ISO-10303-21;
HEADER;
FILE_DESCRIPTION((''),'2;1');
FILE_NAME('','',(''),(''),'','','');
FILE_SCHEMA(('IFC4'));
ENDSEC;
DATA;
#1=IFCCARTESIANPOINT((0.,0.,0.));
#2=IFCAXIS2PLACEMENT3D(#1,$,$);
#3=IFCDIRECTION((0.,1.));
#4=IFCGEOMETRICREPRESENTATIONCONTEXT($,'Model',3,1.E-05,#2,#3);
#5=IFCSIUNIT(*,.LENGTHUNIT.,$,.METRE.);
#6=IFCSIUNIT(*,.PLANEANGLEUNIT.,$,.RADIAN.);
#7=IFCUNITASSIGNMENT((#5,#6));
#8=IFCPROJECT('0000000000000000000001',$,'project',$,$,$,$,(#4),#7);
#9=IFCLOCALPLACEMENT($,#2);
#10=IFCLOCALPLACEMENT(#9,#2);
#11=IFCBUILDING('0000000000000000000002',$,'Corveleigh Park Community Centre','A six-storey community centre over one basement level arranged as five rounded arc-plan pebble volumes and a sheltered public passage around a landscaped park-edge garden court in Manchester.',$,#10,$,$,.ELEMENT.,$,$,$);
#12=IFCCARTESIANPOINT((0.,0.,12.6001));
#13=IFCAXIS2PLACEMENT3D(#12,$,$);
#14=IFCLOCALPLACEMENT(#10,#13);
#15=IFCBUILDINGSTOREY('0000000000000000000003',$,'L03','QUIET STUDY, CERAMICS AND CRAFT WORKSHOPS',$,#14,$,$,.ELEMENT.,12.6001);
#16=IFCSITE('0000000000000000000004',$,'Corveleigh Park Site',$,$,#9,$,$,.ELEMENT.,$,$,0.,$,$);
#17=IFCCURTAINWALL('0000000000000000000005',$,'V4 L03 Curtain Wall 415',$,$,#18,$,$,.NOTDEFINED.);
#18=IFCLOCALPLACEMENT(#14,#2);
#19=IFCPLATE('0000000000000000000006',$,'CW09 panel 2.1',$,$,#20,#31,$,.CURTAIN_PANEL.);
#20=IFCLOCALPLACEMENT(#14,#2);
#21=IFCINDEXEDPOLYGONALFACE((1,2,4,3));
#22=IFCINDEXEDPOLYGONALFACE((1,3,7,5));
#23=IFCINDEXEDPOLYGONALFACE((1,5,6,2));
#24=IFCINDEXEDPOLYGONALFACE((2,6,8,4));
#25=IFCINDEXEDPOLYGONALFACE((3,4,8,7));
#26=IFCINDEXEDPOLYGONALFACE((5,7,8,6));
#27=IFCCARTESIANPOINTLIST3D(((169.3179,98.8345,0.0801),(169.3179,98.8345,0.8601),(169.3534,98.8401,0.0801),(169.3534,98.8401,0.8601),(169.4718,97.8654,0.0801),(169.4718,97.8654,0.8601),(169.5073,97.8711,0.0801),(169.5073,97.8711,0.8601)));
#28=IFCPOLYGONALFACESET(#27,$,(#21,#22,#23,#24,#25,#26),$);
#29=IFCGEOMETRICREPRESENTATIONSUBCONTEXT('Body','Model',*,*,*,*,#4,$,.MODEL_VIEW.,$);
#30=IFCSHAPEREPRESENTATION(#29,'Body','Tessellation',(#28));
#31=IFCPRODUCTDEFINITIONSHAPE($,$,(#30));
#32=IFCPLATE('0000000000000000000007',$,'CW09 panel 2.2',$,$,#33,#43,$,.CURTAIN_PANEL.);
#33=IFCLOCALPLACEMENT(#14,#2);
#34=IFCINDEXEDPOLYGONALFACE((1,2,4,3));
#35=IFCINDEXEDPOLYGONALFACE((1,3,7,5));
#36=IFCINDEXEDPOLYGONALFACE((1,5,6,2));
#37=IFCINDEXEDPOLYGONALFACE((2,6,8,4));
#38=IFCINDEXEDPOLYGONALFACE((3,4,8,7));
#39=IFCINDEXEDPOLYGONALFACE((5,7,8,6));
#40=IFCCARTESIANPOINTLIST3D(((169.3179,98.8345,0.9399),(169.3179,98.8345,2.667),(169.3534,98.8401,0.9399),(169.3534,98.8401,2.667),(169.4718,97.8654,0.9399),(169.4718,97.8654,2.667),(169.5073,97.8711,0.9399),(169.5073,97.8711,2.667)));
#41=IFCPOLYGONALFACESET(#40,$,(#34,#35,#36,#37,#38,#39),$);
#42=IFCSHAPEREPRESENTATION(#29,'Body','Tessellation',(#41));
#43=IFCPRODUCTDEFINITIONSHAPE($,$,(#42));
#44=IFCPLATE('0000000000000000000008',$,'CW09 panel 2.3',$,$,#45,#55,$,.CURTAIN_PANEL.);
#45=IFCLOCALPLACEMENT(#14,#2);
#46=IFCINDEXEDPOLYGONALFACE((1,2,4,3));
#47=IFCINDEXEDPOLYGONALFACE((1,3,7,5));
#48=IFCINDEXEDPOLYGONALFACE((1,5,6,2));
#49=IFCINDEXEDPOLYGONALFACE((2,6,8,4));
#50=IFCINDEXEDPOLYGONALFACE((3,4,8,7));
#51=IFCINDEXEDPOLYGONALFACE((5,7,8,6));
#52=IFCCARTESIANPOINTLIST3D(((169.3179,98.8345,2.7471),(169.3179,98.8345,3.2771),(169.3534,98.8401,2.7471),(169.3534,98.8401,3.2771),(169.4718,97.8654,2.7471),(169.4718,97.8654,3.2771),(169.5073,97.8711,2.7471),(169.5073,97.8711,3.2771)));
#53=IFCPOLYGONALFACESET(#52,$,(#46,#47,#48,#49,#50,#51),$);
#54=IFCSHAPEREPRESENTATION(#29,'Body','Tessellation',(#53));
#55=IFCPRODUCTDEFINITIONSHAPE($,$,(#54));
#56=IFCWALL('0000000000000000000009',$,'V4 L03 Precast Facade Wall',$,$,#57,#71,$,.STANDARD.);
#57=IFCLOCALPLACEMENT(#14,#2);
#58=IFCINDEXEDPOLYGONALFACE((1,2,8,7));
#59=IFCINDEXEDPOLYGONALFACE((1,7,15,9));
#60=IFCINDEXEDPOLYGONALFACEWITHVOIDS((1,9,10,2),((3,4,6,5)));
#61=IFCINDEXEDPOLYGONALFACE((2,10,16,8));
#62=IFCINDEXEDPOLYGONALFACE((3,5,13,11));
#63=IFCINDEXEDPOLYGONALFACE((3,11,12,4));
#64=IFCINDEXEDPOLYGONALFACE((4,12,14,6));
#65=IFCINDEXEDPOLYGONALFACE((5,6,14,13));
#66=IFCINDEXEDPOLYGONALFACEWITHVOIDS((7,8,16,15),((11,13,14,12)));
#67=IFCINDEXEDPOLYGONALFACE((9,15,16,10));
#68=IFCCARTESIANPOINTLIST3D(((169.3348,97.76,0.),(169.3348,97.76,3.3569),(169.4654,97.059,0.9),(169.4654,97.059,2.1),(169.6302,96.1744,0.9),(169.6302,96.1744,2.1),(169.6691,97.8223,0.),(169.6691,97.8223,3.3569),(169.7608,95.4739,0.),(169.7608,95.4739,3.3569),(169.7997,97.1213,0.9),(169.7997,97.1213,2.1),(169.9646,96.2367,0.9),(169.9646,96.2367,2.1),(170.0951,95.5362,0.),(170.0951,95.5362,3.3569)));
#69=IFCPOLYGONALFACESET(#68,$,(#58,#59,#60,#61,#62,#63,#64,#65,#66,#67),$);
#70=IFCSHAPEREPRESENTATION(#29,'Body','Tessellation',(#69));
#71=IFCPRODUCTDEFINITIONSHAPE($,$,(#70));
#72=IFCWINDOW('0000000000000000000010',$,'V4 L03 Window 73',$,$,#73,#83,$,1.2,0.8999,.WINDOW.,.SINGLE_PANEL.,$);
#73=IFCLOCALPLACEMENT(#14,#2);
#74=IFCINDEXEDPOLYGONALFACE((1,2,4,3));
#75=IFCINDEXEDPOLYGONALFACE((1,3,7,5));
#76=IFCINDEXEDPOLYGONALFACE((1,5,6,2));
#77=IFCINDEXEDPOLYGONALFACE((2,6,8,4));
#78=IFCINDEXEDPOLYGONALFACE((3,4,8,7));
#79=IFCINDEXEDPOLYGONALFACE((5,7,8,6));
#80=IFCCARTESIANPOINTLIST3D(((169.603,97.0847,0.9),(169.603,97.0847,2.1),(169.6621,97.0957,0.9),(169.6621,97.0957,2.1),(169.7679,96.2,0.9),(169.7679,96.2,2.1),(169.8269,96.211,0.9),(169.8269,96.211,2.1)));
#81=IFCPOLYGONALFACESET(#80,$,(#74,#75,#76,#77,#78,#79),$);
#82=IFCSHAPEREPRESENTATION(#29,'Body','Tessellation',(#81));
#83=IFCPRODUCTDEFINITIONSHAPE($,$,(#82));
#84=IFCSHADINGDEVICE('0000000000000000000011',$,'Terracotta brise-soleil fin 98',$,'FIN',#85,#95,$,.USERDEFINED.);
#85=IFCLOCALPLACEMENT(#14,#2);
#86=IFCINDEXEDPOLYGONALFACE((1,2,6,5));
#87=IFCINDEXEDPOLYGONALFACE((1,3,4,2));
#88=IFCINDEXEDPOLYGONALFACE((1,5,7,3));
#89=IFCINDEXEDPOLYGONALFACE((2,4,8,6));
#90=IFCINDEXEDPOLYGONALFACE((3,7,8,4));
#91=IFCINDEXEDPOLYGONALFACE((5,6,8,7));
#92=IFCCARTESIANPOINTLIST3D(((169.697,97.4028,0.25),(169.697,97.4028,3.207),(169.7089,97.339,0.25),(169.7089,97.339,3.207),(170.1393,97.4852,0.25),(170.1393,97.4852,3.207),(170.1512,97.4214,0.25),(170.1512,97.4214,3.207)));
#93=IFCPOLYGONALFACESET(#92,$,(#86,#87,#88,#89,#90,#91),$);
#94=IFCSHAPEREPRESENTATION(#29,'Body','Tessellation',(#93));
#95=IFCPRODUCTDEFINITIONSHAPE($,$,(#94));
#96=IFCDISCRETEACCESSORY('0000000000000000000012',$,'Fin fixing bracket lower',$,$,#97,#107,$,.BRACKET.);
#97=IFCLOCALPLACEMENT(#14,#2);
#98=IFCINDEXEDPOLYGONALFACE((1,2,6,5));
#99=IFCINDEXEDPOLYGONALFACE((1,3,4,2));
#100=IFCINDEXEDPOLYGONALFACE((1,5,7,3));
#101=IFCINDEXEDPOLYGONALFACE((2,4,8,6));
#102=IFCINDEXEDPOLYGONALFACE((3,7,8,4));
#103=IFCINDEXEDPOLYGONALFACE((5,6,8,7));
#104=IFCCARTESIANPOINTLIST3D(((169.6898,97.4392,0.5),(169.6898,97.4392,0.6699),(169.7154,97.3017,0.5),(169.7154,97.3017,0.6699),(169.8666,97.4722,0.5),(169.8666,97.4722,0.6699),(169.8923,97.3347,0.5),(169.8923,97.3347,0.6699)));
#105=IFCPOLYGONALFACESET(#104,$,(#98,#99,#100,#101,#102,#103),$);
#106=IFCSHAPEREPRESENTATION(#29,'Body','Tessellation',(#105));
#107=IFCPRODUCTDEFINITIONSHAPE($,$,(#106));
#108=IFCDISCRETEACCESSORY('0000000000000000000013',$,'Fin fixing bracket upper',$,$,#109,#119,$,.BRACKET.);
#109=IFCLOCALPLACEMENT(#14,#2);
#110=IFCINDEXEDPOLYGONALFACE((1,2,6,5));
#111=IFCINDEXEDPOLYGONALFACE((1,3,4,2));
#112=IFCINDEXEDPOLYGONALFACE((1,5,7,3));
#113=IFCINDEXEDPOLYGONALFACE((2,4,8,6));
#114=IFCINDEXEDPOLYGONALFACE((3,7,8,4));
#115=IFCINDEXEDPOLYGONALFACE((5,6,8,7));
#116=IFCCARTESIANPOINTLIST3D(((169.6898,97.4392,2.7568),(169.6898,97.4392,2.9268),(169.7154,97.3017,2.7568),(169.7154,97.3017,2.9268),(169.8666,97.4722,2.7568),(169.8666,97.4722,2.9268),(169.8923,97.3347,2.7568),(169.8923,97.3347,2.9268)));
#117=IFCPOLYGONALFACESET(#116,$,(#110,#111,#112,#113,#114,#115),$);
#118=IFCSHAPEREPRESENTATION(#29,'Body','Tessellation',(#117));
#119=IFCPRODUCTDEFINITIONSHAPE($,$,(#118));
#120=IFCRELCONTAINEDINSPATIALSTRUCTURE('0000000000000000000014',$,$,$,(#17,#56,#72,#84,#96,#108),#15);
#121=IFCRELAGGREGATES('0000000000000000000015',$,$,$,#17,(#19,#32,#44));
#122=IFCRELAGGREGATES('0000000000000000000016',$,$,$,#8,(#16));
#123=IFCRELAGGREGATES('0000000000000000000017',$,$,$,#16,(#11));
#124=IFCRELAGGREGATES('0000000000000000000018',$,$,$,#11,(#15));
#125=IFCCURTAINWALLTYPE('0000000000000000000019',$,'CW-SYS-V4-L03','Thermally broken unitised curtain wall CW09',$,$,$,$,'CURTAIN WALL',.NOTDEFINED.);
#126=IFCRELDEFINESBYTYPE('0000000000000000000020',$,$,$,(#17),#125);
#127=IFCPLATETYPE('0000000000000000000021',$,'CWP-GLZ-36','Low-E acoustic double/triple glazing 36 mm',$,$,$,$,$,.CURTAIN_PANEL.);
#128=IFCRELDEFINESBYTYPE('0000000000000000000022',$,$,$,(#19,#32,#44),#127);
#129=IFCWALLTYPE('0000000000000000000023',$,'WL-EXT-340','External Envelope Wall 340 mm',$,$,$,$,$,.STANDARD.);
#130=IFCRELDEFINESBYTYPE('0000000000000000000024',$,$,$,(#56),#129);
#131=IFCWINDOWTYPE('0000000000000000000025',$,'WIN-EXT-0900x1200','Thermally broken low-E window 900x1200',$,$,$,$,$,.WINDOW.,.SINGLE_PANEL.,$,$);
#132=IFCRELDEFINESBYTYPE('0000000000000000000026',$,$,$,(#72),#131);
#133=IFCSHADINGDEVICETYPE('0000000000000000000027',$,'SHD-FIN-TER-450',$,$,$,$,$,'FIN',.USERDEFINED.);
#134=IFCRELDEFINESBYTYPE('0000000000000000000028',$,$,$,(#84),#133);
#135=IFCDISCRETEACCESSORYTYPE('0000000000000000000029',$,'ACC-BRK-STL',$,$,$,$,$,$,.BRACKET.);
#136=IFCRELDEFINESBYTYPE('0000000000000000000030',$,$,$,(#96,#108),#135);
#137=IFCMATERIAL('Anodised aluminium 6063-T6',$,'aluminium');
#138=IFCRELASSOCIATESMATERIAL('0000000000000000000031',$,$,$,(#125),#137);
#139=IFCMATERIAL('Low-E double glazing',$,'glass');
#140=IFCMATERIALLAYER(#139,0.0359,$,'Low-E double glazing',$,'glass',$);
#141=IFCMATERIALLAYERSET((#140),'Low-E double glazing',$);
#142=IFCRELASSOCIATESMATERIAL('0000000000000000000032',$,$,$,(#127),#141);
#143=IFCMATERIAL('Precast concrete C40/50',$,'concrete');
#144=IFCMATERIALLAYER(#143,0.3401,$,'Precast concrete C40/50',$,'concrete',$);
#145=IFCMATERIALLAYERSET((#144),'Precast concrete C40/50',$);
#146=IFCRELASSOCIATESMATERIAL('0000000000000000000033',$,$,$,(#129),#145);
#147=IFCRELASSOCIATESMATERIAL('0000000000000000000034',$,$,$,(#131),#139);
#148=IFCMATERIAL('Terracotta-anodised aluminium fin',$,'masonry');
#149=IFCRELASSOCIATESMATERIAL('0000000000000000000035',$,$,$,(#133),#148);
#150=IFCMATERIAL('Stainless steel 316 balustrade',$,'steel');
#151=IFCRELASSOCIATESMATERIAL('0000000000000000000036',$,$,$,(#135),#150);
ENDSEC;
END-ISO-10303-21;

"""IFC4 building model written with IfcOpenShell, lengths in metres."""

from ifc_helpers import new_model, si_unit, direction, frame, frame_2d, origin, origin_2d, place, context, subcontext, project, spatial, rectangle, extrude, material, layer, layer_set, type_object, element, fill, aggregate, save


model = new_model("IFC4")

# Units and contexts
model_context = context("Model", 3, precision=1e-05, world=origin(), true_north=direction((0.0, 1.0)))
body_context = subcontext(model_context, "Body", "Model", "MODEL_VIEW")
ifc_project = project(units=[si_unit("LENGTHUNIT", "METRE"), si_unit("PLANEANGLEUNIT", "RADIAN")], contexts=[model_context])

# Site, building, storey
site_placement = place(None, origin())
site = spatial("IfcSite", under=ifc_project, at=site_placement, Name="Corveleigh Park Site", CompositionType="ELEMENT", RefElevation=0.0)
building_placement = place(site_placement, origin())
building = spatial("IfcBuilding", under=site, at=building_placement, Name="Corveleigh Park Community Centre", Description="A six-storey community centre over one basement level arranged as five rounded arc-plan pebble volumes and a sheltered public passage around a landscaped park-edge garden court in Manchester.", CompositionType="ELEMENT")
storey_placement = place(building_placement, frame((0.0, 0.0, 12.6001)))
storey = spatial("IfcBuildingStorey", under=building, at=storey_placement, Name="L03", Description="QUIET STUDY, CERAMICS AND CRAFT WORKSHOPS", CompositionType="ELEMENT", Elevation=12.6001)

# Curtain wall
ifc_material_1 = material(Name="Anodised aluminium 6063-T6", Category="aluminium")
curtain_wall_type = type_object("IfcCurtainWallType", Name="CW-SYS-V4-L03", Description="Thermally broken unitised curtain wall CW09", ElementType="CURTAIN WALL", PredefinedType="NOTDEFINED", material=ifc_material_1)
curtain_wall_1_placement = place(storey_placement, origin())
curtain_wall_1 = element("IfcCurtainWall", 1, at=curtain_wall_1_placement, inside=storey, type_object=curtain_wall_type, Name="V4 L03 Curtain Wall 415", PredefinedType="NOTDEFINED")

# Plates
ifc_material_2 = material(Name="Low-E double glazing", Category="glass")
ifc_layer_1 = layer(ifc_material_2, 0.0359, Name="Low-E double glazing", Category="glass")
ifc_layer_set_1 = layer_set([ifc_layer_1], Name="Low-E double glazing")
plate_type_1 = type_object("IfcPlateType", Name="CWP-GLZ-36", Description="Low-E acoustic double/triple glazing 36 mm", PredefinedType="CURTAIN_PANEL", material=ifc_layer_set_1)
plate_1_placement = place(storey_placement, frame((169.4126, 98.3528, 0.0801), z_axis=(0.0, 0.0, 1.0), x_axis=(0.156825, -0.987626, 0.0)))
plate_1 = element("IfcPlate", 2, at=plate_1_placement, type_object=plate_type_1, Name="CW09 panel 2.1", PredefinedType="CURTAIN_PANEL", context=body_context, shape_type="SweptSolid", body=[
    extrude(rectangle(XDim=0.9812, YDim=0.0359, at=origin_2d()), origin(), (0.0, 0.0, 1.0), 0.78),
])
plate_2_placement = place(storey_placement, frame((169.4126, 98.3528, 0.9399), z_axis=(0.0, 0.0, 1.0), x_axis=(0.156825, -0.987626, 0.0)))
plate_2 = element("IfcPlate", 3, at=plate_2_placement, type_object=plate_type_1, Name="CW09 panel 2.2", PredefinedType="CURTAIN_PANEL", context=body_context, shape_type="SweptSolid", body=[
    extrude(rectangle(XDim=0.9812, YDim=0.0359, at=origin_2d()), origin(), (0.0, 0.0, 1.0), 1.7271),
])
plate_3_placement = place(storey_placement, frame((169.4126, 98.3528, 2.7471), z_axis=(0.0, 0.0, 1.0), x_axis=(0.156825, -0.987626, 0.0)))
plate_3 = element("IfcPlate", 4, at=plate_3_placement, type_object=plate_type_1, Name="CW09 panel 2.3", PredefinedType="CURTAIN_PANEL", context=body_context, shape_type="SweptSolid", body=[
    extrude(rectangle(XDim=0.9812, YDim=0.0359, at=origin_2d()), origin(), (0.0, 0.0, 1.0), 0.53),
])
aggregate(curtain_wall_1, [plate_1, plate_2, plate_3])

# Wall, opening, window
ifc_material_3 = material(Name="Precast concrete C40/50", Category="concrete")
ifc_layer_2 = layer(ifc_material_3, 0.3401, Name="Precast concrete C40/50", Category="concrete")
ifc_layer_set_2 = layer_set([ifc_layer_2], Name="Precast concrete C40/50")
wall_type = type_object("IfcWallType", Name="WL-EXT-340", Description="External Envelope Wall 340 mm", PredefinedType="STANDARD", material=ifc_layer_set_2)
wall_placement = place(storey_placement, frame((169.502, 97.791, 0.0), z_axis=(0.0, 0.0, 1.0), x_axis=(0.183198, -0.983076, 0.0)))
wall = element("IfcWall", 5, at=wall_placement, inside=storey, type_object=wall_type, Name="V4 L03 Precast Facade Wall", PredefinedType="STANDARD", context=body_context, shape_type="SweptSolid", body=[
    extrude(rectangle(XDim=2.3254, YDim=0.3401, at=frame_2d((1.1626, 0.0))), origin(), (0.0, 0.0, 1.0), 3.3569),
])
opening_placement = place(wall_placement, frame((0.7129, 0.0, 0.8999)))
opening = element("IfcOpeningElement", 6, at=opening_placement, cuts=wall, PredefinedType="OPENING", context=body_context, shape_type="SweptSolid", body=[
    extrude(rectangle(XDim=0.8999, YDim=1.2, at=frame_2d((0.45, 0.6001))), frame((0.0, 0.1799, 0.0), z_axis=(0.0, -1.0, 0.0), x_axis=(1.0, 0.0, 0.0)), (0.0, 0.0, 1.0), 0.3601),
])
window_type = type_object("IfcWindowType", Name="WIN-EXT-0900x1200", Description="Thermally broken low-E window 900x1200", PartitioningType="SINGLE_PANEL", PredefinedType="WINDOW", material=ifc_material_2)
window_placement = place(opening_placement, origin())
window = element("IfcWindow", 7, at=window_placement, inside=storey, type_object=window_type, Name="V4 L03 Window 73", OverallHeight=1.2, OverallWidth=0.8999, PartitioningType="SINGLE_PANEL", PredefinedType="WINDOW", context=body_context, shape_type="SweptSolid", body=[
    extrude(rectangle(XDim=0.8999, YDim=1.2, at=frame_2d((0.45, 0.6001))), frame((0.0, 0.03, 0.0), z_axis=(0.0, -1.0, 0.0), x_axis=(1.0, 0.0, 0.0)), (0.0, 0.0, 1.0), 0.0601),
])
fill(opening, window)

# Shading device
ifc_material_4 = material(Name="Terracotta-anodised aluminium fin", Category="masonry")
shading_device_type = type_object("IfcShadingDeviceType", Name="SHD-FIN-TER-450", ElementType="FIN", PredefinedType="USERDEFINED", material=ifc_material_4)
shading_device_placement = place(storey_placement, frame((169.9241, 97.4121, 0.25), z_axis=(0.0, 0.0, 1.0), x_axis=(0.983076, 0.183198, 0.0)))
element("IfcShadingDevice", 8, at=shading_device_placement, inside=storey, type_object=shading_device_type, Name="Terracotta brise-soleil fin 98", ObjectType="FIN", PredefinedType="USERDEFINED", context=body_context, shape_type="SweptSolid", body=[
    extrude(rectangle(XDim=0.45, YDim=0.0649, at=origin_2d()), origin(), (0.0, 0.0, 1.0), 2.957),
])

# Discrete accessories
ifc_material_5 = material(Name="Stainless steel 316 balustrade", Category="steel")
discrete_accessory_type = type_object("IfcDiscreteAccessoryType", Name="ACC-BRK-STL", PredefinedType="BRACKET", material=ifc_material_5)
for number, where, z_axis, x_axis, name in (
    (9, (169.791, 97.387, 0.5), (0.0, 0.0, 1.0), (0.983076, 0.183198, 0.0), "Fin fixing bracket lower"),
    (10, (169.791, 97.387, 2.7568), (0.0, 0.0, 1.0), (0.983076, 0.183198, 0.0), "Fin fixing bracket upper"),
):
    element("IfcDiscreteAccessory", number, at=place(storey_placement, frame(where, z_axis=z_axis, x_axis=x_axis)), inside=storey, type_object=discrete_accessory_type, Name=name, PredefinedType="BRACKET", context=body_context, shape_type="SweptSolid", body=[
        extrude(rectangle(XDim=0.1799, YDim=0.1399, at=origin_2d()), origin(), (0.0, 0.0, 1.0), 0.1699),
    ])

save(model, "model.ifc")
